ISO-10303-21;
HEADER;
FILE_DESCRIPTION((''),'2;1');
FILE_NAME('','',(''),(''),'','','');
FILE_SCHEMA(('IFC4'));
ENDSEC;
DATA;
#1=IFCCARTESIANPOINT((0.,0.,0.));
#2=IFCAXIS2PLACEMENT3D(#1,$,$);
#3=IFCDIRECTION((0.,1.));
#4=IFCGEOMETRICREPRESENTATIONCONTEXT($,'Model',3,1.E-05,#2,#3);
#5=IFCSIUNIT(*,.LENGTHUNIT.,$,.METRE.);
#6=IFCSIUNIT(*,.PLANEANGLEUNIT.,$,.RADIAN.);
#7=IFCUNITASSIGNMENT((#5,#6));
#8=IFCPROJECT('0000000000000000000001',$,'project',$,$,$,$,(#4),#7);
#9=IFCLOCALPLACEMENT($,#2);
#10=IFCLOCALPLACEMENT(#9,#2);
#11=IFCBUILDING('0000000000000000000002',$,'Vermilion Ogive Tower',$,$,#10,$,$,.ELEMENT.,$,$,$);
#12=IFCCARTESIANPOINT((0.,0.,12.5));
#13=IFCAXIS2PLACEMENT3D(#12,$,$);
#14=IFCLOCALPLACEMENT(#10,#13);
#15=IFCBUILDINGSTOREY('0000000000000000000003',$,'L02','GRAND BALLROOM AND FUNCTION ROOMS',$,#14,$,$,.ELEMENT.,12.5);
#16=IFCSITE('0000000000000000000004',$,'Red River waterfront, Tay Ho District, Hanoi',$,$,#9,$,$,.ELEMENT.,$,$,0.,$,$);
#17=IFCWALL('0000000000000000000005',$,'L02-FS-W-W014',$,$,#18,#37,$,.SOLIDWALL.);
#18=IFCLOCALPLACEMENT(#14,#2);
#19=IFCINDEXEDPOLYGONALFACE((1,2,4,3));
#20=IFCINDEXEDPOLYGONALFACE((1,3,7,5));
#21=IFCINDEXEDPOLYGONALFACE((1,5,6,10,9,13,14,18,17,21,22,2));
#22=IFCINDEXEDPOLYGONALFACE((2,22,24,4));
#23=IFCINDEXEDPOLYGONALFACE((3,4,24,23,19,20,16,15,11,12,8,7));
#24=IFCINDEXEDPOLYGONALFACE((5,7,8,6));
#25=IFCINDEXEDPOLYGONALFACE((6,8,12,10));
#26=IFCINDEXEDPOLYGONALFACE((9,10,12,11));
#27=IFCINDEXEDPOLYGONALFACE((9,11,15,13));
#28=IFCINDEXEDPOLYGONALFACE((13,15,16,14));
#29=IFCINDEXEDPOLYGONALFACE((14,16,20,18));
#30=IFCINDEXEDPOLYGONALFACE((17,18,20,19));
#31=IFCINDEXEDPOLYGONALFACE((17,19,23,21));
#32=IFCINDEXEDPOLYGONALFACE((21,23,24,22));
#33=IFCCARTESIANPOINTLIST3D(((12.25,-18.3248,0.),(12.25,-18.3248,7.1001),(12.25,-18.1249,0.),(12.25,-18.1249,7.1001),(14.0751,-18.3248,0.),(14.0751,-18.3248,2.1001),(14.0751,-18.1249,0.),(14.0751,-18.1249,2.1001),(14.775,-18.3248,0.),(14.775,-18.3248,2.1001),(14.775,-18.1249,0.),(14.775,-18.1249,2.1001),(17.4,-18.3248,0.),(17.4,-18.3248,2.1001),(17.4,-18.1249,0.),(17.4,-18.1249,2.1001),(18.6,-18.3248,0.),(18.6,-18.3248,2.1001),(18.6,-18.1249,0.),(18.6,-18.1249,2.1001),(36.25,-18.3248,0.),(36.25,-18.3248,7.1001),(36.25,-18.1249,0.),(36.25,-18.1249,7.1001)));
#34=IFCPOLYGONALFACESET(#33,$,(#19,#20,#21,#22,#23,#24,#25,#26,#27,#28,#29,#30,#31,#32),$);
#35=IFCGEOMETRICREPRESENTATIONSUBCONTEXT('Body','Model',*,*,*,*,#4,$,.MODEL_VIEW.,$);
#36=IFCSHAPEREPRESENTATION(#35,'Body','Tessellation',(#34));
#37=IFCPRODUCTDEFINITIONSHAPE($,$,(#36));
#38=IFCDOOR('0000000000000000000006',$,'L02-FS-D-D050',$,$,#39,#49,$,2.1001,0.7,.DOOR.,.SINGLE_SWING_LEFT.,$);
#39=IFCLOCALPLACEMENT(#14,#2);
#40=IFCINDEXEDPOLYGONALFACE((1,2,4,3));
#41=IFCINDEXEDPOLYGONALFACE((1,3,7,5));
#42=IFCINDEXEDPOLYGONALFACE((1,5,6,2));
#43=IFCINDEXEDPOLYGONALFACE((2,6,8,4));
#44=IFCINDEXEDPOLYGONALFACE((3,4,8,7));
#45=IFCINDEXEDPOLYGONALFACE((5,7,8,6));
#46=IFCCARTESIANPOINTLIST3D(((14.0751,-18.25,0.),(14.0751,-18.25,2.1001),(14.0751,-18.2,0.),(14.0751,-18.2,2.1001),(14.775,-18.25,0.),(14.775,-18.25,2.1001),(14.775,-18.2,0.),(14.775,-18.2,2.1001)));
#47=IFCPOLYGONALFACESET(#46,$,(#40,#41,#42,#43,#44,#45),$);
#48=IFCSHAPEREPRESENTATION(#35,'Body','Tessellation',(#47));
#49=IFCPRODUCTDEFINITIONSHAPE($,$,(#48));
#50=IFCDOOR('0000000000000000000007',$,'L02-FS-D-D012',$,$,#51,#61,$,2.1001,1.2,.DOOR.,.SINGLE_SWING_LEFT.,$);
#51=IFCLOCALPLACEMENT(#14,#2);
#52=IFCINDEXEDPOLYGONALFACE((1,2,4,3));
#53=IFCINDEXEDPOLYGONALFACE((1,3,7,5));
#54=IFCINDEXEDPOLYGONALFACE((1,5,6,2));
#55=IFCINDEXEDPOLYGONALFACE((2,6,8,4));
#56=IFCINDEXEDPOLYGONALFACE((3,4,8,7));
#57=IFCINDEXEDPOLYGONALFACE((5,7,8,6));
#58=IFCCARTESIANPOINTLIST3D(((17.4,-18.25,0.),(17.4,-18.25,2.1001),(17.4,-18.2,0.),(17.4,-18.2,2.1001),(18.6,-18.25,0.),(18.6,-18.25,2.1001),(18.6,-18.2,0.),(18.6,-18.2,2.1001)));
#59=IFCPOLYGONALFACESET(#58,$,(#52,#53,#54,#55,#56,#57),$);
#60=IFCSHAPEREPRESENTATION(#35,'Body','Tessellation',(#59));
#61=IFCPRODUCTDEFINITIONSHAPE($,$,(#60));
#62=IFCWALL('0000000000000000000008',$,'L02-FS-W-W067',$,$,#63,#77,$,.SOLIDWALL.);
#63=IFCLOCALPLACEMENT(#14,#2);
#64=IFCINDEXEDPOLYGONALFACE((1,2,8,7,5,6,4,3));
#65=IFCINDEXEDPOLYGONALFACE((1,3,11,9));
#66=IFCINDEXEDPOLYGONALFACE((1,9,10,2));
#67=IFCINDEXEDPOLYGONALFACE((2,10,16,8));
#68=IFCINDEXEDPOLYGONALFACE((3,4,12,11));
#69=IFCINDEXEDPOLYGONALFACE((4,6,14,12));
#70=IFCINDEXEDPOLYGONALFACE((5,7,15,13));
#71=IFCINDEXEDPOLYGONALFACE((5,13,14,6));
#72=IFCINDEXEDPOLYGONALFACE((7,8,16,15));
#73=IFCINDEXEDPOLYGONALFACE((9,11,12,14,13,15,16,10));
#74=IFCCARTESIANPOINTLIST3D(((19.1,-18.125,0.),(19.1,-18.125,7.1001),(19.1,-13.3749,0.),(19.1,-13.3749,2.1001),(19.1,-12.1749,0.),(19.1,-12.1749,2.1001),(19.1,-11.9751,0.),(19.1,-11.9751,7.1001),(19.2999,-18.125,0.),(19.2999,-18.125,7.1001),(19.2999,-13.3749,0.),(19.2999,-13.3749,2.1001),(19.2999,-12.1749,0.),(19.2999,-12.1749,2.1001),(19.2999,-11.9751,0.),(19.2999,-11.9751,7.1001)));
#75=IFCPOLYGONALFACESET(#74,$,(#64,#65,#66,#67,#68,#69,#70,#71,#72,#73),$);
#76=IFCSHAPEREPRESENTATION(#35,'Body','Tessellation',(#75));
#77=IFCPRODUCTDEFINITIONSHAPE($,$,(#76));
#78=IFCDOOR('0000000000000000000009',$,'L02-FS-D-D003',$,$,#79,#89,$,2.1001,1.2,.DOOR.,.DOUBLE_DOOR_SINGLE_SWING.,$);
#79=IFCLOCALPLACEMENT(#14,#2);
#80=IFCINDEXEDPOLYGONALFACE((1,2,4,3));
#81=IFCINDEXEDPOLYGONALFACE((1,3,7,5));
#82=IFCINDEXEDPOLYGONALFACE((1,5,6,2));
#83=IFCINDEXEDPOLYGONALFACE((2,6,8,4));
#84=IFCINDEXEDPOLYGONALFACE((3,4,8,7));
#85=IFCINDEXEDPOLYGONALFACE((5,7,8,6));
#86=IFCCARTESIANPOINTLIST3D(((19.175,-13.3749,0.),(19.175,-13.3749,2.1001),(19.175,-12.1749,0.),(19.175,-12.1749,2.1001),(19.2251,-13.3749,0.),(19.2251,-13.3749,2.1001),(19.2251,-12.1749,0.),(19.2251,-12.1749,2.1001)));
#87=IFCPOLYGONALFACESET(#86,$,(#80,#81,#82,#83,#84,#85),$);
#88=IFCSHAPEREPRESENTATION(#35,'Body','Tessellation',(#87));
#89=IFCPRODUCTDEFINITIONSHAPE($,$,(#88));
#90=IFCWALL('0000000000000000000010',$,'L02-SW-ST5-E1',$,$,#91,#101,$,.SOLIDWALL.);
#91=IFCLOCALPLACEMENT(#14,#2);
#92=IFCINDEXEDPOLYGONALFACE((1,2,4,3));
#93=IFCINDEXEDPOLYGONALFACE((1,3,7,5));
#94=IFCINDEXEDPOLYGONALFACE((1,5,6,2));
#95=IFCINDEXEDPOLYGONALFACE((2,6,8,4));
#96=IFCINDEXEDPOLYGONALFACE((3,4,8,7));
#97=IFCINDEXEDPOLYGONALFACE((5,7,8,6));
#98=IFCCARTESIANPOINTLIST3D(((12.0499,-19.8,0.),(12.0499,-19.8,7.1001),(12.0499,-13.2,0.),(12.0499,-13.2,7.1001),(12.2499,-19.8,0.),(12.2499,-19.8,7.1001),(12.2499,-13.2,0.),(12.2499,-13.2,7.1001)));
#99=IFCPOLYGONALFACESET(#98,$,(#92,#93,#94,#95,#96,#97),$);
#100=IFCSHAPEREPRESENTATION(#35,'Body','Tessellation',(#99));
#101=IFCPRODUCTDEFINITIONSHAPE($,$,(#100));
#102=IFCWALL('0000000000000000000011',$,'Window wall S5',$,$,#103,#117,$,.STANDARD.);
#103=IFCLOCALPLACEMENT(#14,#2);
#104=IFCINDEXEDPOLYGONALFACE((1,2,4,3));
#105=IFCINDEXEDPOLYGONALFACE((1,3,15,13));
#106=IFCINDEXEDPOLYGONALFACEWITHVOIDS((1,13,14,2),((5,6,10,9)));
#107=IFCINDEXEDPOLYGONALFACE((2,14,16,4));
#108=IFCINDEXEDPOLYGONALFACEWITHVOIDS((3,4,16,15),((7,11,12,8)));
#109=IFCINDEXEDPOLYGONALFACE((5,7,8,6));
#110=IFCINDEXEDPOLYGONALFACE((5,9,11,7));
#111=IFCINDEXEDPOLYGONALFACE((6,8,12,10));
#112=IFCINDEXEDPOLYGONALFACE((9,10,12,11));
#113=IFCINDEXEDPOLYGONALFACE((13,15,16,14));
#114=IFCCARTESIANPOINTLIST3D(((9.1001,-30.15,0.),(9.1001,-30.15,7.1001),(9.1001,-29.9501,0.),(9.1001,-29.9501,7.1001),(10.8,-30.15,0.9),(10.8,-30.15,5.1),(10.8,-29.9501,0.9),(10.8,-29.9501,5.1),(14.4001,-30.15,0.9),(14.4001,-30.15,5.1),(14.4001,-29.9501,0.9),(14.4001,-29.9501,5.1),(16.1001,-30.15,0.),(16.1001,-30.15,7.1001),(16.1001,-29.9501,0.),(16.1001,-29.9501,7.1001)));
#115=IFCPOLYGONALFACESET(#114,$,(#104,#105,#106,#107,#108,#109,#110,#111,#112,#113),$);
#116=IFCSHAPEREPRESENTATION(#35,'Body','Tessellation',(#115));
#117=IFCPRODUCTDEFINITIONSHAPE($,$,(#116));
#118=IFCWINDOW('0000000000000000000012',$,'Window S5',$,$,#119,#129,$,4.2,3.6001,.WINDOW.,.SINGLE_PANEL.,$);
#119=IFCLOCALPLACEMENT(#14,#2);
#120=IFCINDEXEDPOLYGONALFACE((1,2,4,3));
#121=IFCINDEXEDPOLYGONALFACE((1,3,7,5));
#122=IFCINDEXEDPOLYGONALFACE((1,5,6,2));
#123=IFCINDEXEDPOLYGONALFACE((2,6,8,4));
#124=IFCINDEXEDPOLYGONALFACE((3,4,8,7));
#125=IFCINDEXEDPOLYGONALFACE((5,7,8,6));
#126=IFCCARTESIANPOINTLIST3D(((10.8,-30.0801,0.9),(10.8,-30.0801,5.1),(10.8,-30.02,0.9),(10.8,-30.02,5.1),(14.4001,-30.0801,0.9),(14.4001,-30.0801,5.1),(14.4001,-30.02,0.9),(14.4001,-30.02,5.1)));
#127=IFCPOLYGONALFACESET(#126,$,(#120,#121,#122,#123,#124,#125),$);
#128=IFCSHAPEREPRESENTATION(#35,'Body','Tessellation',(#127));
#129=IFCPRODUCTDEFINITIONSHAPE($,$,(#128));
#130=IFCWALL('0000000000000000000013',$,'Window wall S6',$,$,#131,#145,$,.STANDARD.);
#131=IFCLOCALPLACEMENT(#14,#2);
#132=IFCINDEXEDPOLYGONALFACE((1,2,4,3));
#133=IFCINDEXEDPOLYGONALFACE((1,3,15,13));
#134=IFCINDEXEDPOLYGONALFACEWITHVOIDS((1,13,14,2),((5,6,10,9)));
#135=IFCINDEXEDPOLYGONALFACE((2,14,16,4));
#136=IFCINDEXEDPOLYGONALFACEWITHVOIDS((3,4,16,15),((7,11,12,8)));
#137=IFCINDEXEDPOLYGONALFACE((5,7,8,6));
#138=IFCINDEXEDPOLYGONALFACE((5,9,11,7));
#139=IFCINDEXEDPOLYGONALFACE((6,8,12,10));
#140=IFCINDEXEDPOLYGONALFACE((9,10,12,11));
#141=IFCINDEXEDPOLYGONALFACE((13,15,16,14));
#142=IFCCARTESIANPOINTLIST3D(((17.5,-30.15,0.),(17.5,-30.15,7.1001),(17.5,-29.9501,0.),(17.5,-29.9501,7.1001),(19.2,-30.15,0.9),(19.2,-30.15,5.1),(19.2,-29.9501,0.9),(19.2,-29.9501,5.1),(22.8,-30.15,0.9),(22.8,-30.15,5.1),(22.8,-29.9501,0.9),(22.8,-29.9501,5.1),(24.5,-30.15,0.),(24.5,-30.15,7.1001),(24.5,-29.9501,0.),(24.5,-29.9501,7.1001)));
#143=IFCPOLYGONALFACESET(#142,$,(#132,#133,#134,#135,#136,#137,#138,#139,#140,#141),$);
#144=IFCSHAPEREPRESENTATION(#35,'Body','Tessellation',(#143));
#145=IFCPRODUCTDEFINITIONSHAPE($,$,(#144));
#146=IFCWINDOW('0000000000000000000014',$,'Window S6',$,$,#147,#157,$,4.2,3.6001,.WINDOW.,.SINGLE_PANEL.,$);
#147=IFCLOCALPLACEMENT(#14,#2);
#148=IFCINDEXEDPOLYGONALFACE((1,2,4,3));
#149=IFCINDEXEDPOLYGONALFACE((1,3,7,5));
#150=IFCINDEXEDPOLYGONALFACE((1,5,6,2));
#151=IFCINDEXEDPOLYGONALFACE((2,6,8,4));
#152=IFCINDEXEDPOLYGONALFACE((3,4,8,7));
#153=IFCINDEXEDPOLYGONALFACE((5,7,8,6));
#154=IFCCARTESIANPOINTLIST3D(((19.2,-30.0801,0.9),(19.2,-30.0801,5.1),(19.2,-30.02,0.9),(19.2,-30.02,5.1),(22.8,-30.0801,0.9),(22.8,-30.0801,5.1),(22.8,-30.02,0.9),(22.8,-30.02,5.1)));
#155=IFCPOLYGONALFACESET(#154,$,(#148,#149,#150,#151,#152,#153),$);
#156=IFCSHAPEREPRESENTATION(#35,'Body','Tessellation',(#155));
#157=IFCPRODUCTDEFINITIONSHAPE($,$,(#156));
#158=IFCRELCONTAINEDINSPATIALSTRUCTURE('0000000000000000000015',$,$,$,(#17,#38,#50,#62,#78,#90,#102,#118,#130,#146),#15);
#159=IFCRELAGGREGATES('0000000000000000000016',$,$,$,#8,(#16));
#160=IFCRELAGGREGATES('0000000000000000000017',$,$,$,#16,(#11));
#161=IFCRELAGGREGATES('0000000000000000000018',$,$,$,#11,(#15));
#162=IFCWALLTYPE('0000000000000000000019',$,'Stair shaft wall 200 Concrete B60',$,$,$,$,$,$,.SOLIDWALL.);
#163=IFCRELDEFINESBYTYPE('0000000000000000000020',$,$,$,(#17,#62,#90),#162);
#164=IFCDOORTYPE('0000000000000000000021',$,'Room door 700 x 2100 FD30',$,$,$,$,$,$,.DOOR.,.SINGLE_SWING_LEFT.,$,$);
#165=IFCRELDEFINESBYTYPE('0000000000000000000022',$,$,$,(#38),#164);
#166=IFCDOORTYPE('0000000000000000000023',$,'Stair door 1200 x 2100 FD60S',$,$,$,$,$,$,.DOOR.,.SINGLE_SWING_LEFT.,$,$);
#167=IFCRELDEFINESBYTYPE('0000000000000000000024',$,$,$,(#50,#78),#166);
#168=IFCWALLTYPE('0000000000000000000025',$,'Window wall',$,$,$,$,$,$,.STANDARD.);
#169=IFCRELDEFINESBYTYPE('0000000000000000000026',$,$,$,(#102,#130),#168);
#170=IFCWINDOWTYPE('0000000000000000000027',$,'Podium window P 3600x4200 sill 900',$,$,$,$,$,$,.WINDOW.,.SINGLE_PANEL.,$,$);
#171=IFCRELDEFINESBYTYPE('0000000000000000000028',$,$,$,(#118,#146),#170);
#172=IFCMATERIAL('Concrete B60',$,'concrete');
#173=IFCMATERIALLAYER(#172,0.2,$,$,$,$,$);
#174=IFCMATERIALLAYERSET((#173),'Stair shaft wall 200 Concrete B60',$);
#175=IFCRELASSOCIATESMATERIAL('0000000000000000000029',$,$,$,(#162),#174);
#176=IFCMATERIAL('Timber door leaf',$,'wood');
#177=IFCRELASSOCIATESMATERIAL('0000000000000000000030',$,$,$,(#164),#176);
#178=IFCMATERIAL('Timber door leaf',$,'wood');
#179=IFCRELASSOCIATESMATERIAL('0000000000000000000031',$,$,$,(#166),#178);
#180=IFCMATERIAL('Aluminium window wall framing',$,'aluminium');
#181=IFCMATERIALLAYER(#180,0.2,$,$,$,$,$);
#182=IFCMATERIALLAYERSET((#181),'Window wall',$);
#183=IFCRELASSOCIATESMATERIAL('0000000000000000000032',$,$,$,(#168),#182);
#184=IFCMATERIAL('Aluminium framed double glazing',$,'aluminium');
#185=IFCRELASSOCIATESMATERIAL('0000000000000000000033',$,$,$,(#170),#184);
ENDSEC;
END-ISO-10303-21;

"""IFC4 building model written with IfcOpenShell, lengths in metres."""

from ifc_helpers import new_model, si_unit, direction, frame, frame_2d, origin, place, context, subcontext, project, spatial, rectangle, extrude, material, layer, layer_set, type_object, element, fill, save


model = new_model("IFC4")

# Units and contexts
model_context = context("Model", 3, precision=1e-05, world=origin(), true_north=direction((0.0, 1.0)))
body_context = subcontext(model_context, "Body", "Model", "MODEL_VIEW")
ifc_project = project(units=[si_unit("LENGTHUNIT", "METRE"), si_unit("PLANEANGLEUNIT", "RADIAN")], contexts=[model_context])

# Site, building, storey
site_placement = place(None, origin())
site = spatial("IfcSite", under=ifc_project, at=site_placement, Name="Red River waterfront, Tay Ho District, Hanoi", CompositionType="ELEMENT", RefElevation=0.0)
building_placement = place(site_placement, origin())
building = spatial("IfcBuilding", under=site, at=building_placement, Name="Vermilion Ogive Tower", CompositionType="ELEMENT")
storey_placement = place(building_placement, frame((0.0, 0.0, 12.5)))
storey = spatial("IfcBuildingStorey", under=building, at=storey_placement, Name="L02", Description="GRAND BALLROOM AND FUNCTION ROOMS", CompositionType="ELEMENT", Elevation=12.5)

# Wall, openings, doors
ifc_material_1 = material(Name="Concrete B60", Category="concrete")
ifc_layer_1 = layer(ifc_material_1, 0.2)
ifc_layer_set_1 = layer_set([ifc_layer_1], Name="Stair shaft wall 200 Concrete B60")
wall_type_1 = type_object("IfcWallType", Name="Stair shaft wall 200 Concrete B60", PredefinedType="SOLIDWALL", material=ifc_layer_set_1)
wall_1_placement = place(storey_placement, frame((12.25, -18.2249, 0.0), z_axis=(0.0, 0.0, 1.0), x_axis=(1.0, 0.0, 0.0)))
wall_1 = element("IfcWall", 1, at=wall_1_placement, inside=storey, type_object=wall_type_1, Name="L02-FS-W-W014", PredefinedType="SOLIDWALL", context=body_context, shape_type="SweptSolid", body=[
    extrude(rectangle(XDim=24.0, YDim=0.2, at=frame_2d((12.0, 0.0))), origin(), (0.0, 0.0, 1.0), 7.1001),
])
opening_1_placement = place(wall_1_placement, frame((5.1499, 0.0, 0.0)))
opening_1 = element("IfcOpeningElement", 2, at=opening_1_placement, cuts=wall_1, PredefinedType="OPENING", context=body_context, shape_type="SweptSolid", body=[
    extrude(rectangle(XDim=1.2, YDim=2.1001, at=frame_2d((0.6001, 1.05))), frame((0.0, 0.1099, 0.0), z_axis=(0.0, -1.0, 0.0), x_axis=(1.0, 0.0, 0.0)), (0.0, 0.0, 1.0), 0.22),
])
opening_2_placement = place(wall_1_placement, frame((1.825, 0.0, 0.0)))
opening_2 = element("IfcOpeningElement", 3, at=opening_2_placement, cuts=wall_1, PredefinedType="OPENING", context=body_context, shape_type="SweptSolid", body=[
    extrude(rectangle(XDim=0.7, YDim=2.1001, at=frame_2d((0.3501, 1.05))), frame((0.0, 0.1099, 0.0), z_axis=(0.0, -1.0, 0.0), x_axis=(1.0, 0.0, 0.0)), (0.0, 0.0, 1.0), 0.22),
])
ifc_material_2 = material(Name="Timber door leaf", Category="wood")
door_type_1 = type_object("IfcDoorType", Name="Room door 700 x 2100 FD30", OperationType="SINGLE_SWING_LEFT", PredefinedType="DOOR", material=ifc_material_2)
door_1_placement = place(opening_2_placement, origin())
door_1 = element("IfcDoor", 4, at=door_1_placement, inside=storey, type_object=door_type_1, Name="L02-FS-D-D050", OperationType="SINGLE_SWING_LEFT", OverallHeight=2.1001, OverallWidth=0.7, PredefinedType="DOOR", context=body_context, shape_type="SweptSolid", body=[
    extrude(rectangle(XDim=0.7, YDim=2.1001, at=frame_2d((0.3501, 1.05))), frame((0.0, 0.0249, 0.0), z_axis=(0.0, -1.0, 0.0), x_axis=(1.0, 0.0, 0.0)), (0.0, 0.0, 1.0), 0.05),
])
fill(opening_2, door_1)
ifc_material_3 = material(Name="Timber door leaf", Category="wood")
door_type_2 = type_object("IfcDoorType", Name="Stair door 1200 x 2100 FD60S", OperationType="SINGLE_SWING_LEFT", PredefinedType="DOOR", material=ifc_material_3)
door_2_placement = place(opening_1_placement, origin())
door_2 = element("IfcDoor", 5, at=door_2_placement, inside=storey, type_object=door_type_2, Name="L02-FS-D-D012", OperationType="SINGLE_SWING_LEFT", OverallHeight=2.1001, OverallWidth=1.2, PredefinedType="DOOR", context=body_context, shape_type="SweptSolid", body=[
    extrude(rectangle(XDim=1.2, YDim=2.1001, at=frame_2d((0.6001, 1.05))), frame((0.0, 0.0249, 0.0), z_axis=(0.0, -1.0, 0.0), x_axis=(1.0, 0.0, 0.0)), (0.0, 0.0, 1.0), 0.05),
])
fill(opening_1, door_2)

# Wall, opening, door
wall_2_placement = place(storey_placement, frame((19.2, -18.125, 0.0), z_axis=(0.0, 0.0, 1.0), x_axis=(0.0, 1.0, 0.0)))
wall_2 = element("IfcWall", 6, at=wall_2_placement, inside=storey, type_object=wall_type_1, Name="L02-FS-W-W067", PredefinedType="SOLIDWALL", context=body_context, shape_type="SweptSolid", body=[
    extrude(rectangle(XDim=6.1499, YDim=0.2, at=frame_2d((3.075, 0.0))), origin(), (0.0, 0.0, 1.0), 7.1001),
])
opening_3_placement = place(wall_2_placement, frame((4.75, 0.0, 0.0)))
opening_3 = element("IfcOpeningElement", 7, at=opening_3_placement, cuts=wall_2, PredefinedType="OPENING", context=body_context, shape_type="SweptSolid", body=[
    extrude(rectangle(XDim=1.2, YDim=2.1001, at=frame_2d((0.6001, 1.05))), frame((0.0, 0.1099, 0.0), z_axis=(0.0, -1.0, 0.0), x_axis=(1.0, 0.0, 0.0)), (0.0, 0.0, 1.0), 0.22),
])
door_3_placement = place(opening_3_placement, origin())
door_3 = element("IfcDoor", 8, at=door_3_placement, inside=storey, type_object=door_type_2, Name="L02-FS-D-D003", OperationType="DOUBLE_DOOR_SINGLE_SWING", OverallHeight=2.1001, OverallWidth=1.2, PredefinedType="DOOR", context=body_context, shape_type="SweptSolid", body=[
    extrude(rectangle(XDim=1.2, YDim=2.1001, at=frame_2d((0.6001, 1.05))), frame((0.0, 0.0249, 0.0), z_axis=(0.0, -1.0, 0.0), x_axis=(1.0, 0.0, 0.0)), (0.0, 0.0, 1.0), 0.05),
])
fill(opening_3, door_3)

# Wall
wall_3_placement = place(storey_placement, frame((12.1499, -19.8, 0.0), z_axis=(0.0, 0.0, 1.0), x_axis=(0.0, 1.0, 0.0)))
element("IfcWall", 9, at=wall_3_placement, inside=storey, type_object=wall_type_1, Name="L02-SW-ST5-E1", PredefinedType="SOLIDWALL", context=body_context, shape_type="SweptSolid", body=[
    extrude(rectangle(XDim=6.6001, YDim=0.2, at=frame_2d((3.3, 0.0))), origin(), (0.0, 0.0, 1.0), 7.1001),
])

# Walls, openings, windows
ifc_material_4 = material(Name="Aluminium window wall framing", Category="aluminium")
ifc_layer_2 = layer(ifc_material_4, 0.2)
ifc_layer_set_2 = layer_set([ifc_layer_2], Name="Window wall")
wall_type_2 = type_object("IfcWallType", Name="Window wall", PredefinedType="STANDARD", material=ifc_layer_set_2)
wall_4_placement = place(storey_placement, frame((9.1001, -30.05, 0.0), z_axis=(0.0, 0.0, 1.0), x_axis=(1.0, 0.0, 0.0)))
wall_4 = element("IfcWall", 10, at=wall_4_placement, inside=storey, type_object=wall_type_2, Name="Window wall S5", PredefinedType="STANDARD", context=body_context, shape_type="SweptSolid", body=[
    extrude(rectangle(XDim=7.0, YDim=0.2, at=frame_2d((3.5, 0.0))), origin(), (0.0, 0.0, 1.0), 7.1001),
])
opening_4_placement = place(wall_4_placement, frame((1.7, 0.0, 0.8999)))
opening_4 = element("IfcOpeningElement", 11, at=opening_4_placement, cuts=wall_4, PredefinedType="OPENING", context=body_context, shape_type="SweptSolid", body=[
    extrude(rectangle(XDim=3.6001, YDim=4.2, at=frame_2d((1.8, 2.1001))), frame((0.0, 0.1099, 0.0), z_axis=(0.0, -1.0, 0.0), x_axis=(1.0, 0.0, 0.0)), (0.0, 0.0, 1.0), 0.22),
])
ifc_material_5 = material(Name="Aluminium framed double glazing", Category="aluminium")
window_type = type_object("IfcWindowType", Name="Podium window P 3600x4200 sill 900", PartitioningType="SINGLE_PANEL", PredefinedType="WINDOW", material=ifc_material_5)
window_1_placement = place(opening_4_placement, origin())
window_1 = element("IfcWindow", 12, at=window_1_placement, inside=storey, type_object=window_type, Name="Window S5", OverallHeight=4.2, OverallWidth=3.6001, PartitioningType="SINGLE_PANEL", PredefinedType="WINDOW", context=body_context, shape_type="SweptSolid", body=[
    extrude(rectangle(XDim=3.6001, YDim=4.2, at=frame_2d((1.8, 2.1001))), frame((0.0, 0.03, 0.0), z_axis=(0.0, -1.0, 0.0), x_axis=(1.0, 0.0, 0.0)), (0.0, 0.0, 1.0), 0.0601),
])
fill(opening_4, window_1)
wall_5_placement = place(storey_placement, frame((17.5, -30.05, 0.0), z_axis=(0.0, 0.0, 1.0), x_axis=(1.0, 0.0, 0.0)))
wall_5 = element("IfcWall", 13, at=wall_5_placement, inside=storey, type_object=wall_type_2, Name="Window wall S6", PredefinedType="STANDARD", context=body_context, shape_type="SweptSolid", body=[
    extrude(rectangle(XDim=7.0, YDim=0.2, at=frame_2d((3.5, 0.0))), origin(), (0.0, 0.0, 1.0), 7.1001),
])
opening_5_placement = place(wall_5_placement, frame((1.7, 0.0, 0.8999)))
opening_5 = element("IfcOpeningElement", 14, at=opening_5_placement, cuts=wall_5, PredefinedType="OPENING", context=body_context, shape_type="SweptSolid", body=[
    extrude(rectangle(XDim=3.6001, YDim=4.2, at=frame_2d((1.8, 2.1001))), frame((0.0, 0.1099, 0.0), z_axis=(0.0, -1.0, 0.0), x_axis=(1.0, 0.0, 0.0)), (0.0, 0.0, 1.0), 0.22),
])
window_2_placement = place(opening_5_placement, origin())
window_2 = element("IfcWindow", 15, at=window_2_placement, inside=storey, type_object=window_type, Name="Window S6", OverallHeight=4.2, OverallWidth=3.6001, PartitioningType="SINGLE_PANEL", PredefinedType="WINDOW", context=body_context, shape_type="SweptSolid", body=[
    extrude(rectangle(XDim=3.6001, YDim=4.2, at=frame_2d((1.8, 2.1001))), frame((0.0, 0.03, 0.0), z_axis=(0.0, -1.0, 0.0), x_axis=(1.0, 0.0, 0.0)), (0.0, 0.0, 1.0), 0.0601),
])
fill(opening_5, window_2)

save(model, "model.ifc")
